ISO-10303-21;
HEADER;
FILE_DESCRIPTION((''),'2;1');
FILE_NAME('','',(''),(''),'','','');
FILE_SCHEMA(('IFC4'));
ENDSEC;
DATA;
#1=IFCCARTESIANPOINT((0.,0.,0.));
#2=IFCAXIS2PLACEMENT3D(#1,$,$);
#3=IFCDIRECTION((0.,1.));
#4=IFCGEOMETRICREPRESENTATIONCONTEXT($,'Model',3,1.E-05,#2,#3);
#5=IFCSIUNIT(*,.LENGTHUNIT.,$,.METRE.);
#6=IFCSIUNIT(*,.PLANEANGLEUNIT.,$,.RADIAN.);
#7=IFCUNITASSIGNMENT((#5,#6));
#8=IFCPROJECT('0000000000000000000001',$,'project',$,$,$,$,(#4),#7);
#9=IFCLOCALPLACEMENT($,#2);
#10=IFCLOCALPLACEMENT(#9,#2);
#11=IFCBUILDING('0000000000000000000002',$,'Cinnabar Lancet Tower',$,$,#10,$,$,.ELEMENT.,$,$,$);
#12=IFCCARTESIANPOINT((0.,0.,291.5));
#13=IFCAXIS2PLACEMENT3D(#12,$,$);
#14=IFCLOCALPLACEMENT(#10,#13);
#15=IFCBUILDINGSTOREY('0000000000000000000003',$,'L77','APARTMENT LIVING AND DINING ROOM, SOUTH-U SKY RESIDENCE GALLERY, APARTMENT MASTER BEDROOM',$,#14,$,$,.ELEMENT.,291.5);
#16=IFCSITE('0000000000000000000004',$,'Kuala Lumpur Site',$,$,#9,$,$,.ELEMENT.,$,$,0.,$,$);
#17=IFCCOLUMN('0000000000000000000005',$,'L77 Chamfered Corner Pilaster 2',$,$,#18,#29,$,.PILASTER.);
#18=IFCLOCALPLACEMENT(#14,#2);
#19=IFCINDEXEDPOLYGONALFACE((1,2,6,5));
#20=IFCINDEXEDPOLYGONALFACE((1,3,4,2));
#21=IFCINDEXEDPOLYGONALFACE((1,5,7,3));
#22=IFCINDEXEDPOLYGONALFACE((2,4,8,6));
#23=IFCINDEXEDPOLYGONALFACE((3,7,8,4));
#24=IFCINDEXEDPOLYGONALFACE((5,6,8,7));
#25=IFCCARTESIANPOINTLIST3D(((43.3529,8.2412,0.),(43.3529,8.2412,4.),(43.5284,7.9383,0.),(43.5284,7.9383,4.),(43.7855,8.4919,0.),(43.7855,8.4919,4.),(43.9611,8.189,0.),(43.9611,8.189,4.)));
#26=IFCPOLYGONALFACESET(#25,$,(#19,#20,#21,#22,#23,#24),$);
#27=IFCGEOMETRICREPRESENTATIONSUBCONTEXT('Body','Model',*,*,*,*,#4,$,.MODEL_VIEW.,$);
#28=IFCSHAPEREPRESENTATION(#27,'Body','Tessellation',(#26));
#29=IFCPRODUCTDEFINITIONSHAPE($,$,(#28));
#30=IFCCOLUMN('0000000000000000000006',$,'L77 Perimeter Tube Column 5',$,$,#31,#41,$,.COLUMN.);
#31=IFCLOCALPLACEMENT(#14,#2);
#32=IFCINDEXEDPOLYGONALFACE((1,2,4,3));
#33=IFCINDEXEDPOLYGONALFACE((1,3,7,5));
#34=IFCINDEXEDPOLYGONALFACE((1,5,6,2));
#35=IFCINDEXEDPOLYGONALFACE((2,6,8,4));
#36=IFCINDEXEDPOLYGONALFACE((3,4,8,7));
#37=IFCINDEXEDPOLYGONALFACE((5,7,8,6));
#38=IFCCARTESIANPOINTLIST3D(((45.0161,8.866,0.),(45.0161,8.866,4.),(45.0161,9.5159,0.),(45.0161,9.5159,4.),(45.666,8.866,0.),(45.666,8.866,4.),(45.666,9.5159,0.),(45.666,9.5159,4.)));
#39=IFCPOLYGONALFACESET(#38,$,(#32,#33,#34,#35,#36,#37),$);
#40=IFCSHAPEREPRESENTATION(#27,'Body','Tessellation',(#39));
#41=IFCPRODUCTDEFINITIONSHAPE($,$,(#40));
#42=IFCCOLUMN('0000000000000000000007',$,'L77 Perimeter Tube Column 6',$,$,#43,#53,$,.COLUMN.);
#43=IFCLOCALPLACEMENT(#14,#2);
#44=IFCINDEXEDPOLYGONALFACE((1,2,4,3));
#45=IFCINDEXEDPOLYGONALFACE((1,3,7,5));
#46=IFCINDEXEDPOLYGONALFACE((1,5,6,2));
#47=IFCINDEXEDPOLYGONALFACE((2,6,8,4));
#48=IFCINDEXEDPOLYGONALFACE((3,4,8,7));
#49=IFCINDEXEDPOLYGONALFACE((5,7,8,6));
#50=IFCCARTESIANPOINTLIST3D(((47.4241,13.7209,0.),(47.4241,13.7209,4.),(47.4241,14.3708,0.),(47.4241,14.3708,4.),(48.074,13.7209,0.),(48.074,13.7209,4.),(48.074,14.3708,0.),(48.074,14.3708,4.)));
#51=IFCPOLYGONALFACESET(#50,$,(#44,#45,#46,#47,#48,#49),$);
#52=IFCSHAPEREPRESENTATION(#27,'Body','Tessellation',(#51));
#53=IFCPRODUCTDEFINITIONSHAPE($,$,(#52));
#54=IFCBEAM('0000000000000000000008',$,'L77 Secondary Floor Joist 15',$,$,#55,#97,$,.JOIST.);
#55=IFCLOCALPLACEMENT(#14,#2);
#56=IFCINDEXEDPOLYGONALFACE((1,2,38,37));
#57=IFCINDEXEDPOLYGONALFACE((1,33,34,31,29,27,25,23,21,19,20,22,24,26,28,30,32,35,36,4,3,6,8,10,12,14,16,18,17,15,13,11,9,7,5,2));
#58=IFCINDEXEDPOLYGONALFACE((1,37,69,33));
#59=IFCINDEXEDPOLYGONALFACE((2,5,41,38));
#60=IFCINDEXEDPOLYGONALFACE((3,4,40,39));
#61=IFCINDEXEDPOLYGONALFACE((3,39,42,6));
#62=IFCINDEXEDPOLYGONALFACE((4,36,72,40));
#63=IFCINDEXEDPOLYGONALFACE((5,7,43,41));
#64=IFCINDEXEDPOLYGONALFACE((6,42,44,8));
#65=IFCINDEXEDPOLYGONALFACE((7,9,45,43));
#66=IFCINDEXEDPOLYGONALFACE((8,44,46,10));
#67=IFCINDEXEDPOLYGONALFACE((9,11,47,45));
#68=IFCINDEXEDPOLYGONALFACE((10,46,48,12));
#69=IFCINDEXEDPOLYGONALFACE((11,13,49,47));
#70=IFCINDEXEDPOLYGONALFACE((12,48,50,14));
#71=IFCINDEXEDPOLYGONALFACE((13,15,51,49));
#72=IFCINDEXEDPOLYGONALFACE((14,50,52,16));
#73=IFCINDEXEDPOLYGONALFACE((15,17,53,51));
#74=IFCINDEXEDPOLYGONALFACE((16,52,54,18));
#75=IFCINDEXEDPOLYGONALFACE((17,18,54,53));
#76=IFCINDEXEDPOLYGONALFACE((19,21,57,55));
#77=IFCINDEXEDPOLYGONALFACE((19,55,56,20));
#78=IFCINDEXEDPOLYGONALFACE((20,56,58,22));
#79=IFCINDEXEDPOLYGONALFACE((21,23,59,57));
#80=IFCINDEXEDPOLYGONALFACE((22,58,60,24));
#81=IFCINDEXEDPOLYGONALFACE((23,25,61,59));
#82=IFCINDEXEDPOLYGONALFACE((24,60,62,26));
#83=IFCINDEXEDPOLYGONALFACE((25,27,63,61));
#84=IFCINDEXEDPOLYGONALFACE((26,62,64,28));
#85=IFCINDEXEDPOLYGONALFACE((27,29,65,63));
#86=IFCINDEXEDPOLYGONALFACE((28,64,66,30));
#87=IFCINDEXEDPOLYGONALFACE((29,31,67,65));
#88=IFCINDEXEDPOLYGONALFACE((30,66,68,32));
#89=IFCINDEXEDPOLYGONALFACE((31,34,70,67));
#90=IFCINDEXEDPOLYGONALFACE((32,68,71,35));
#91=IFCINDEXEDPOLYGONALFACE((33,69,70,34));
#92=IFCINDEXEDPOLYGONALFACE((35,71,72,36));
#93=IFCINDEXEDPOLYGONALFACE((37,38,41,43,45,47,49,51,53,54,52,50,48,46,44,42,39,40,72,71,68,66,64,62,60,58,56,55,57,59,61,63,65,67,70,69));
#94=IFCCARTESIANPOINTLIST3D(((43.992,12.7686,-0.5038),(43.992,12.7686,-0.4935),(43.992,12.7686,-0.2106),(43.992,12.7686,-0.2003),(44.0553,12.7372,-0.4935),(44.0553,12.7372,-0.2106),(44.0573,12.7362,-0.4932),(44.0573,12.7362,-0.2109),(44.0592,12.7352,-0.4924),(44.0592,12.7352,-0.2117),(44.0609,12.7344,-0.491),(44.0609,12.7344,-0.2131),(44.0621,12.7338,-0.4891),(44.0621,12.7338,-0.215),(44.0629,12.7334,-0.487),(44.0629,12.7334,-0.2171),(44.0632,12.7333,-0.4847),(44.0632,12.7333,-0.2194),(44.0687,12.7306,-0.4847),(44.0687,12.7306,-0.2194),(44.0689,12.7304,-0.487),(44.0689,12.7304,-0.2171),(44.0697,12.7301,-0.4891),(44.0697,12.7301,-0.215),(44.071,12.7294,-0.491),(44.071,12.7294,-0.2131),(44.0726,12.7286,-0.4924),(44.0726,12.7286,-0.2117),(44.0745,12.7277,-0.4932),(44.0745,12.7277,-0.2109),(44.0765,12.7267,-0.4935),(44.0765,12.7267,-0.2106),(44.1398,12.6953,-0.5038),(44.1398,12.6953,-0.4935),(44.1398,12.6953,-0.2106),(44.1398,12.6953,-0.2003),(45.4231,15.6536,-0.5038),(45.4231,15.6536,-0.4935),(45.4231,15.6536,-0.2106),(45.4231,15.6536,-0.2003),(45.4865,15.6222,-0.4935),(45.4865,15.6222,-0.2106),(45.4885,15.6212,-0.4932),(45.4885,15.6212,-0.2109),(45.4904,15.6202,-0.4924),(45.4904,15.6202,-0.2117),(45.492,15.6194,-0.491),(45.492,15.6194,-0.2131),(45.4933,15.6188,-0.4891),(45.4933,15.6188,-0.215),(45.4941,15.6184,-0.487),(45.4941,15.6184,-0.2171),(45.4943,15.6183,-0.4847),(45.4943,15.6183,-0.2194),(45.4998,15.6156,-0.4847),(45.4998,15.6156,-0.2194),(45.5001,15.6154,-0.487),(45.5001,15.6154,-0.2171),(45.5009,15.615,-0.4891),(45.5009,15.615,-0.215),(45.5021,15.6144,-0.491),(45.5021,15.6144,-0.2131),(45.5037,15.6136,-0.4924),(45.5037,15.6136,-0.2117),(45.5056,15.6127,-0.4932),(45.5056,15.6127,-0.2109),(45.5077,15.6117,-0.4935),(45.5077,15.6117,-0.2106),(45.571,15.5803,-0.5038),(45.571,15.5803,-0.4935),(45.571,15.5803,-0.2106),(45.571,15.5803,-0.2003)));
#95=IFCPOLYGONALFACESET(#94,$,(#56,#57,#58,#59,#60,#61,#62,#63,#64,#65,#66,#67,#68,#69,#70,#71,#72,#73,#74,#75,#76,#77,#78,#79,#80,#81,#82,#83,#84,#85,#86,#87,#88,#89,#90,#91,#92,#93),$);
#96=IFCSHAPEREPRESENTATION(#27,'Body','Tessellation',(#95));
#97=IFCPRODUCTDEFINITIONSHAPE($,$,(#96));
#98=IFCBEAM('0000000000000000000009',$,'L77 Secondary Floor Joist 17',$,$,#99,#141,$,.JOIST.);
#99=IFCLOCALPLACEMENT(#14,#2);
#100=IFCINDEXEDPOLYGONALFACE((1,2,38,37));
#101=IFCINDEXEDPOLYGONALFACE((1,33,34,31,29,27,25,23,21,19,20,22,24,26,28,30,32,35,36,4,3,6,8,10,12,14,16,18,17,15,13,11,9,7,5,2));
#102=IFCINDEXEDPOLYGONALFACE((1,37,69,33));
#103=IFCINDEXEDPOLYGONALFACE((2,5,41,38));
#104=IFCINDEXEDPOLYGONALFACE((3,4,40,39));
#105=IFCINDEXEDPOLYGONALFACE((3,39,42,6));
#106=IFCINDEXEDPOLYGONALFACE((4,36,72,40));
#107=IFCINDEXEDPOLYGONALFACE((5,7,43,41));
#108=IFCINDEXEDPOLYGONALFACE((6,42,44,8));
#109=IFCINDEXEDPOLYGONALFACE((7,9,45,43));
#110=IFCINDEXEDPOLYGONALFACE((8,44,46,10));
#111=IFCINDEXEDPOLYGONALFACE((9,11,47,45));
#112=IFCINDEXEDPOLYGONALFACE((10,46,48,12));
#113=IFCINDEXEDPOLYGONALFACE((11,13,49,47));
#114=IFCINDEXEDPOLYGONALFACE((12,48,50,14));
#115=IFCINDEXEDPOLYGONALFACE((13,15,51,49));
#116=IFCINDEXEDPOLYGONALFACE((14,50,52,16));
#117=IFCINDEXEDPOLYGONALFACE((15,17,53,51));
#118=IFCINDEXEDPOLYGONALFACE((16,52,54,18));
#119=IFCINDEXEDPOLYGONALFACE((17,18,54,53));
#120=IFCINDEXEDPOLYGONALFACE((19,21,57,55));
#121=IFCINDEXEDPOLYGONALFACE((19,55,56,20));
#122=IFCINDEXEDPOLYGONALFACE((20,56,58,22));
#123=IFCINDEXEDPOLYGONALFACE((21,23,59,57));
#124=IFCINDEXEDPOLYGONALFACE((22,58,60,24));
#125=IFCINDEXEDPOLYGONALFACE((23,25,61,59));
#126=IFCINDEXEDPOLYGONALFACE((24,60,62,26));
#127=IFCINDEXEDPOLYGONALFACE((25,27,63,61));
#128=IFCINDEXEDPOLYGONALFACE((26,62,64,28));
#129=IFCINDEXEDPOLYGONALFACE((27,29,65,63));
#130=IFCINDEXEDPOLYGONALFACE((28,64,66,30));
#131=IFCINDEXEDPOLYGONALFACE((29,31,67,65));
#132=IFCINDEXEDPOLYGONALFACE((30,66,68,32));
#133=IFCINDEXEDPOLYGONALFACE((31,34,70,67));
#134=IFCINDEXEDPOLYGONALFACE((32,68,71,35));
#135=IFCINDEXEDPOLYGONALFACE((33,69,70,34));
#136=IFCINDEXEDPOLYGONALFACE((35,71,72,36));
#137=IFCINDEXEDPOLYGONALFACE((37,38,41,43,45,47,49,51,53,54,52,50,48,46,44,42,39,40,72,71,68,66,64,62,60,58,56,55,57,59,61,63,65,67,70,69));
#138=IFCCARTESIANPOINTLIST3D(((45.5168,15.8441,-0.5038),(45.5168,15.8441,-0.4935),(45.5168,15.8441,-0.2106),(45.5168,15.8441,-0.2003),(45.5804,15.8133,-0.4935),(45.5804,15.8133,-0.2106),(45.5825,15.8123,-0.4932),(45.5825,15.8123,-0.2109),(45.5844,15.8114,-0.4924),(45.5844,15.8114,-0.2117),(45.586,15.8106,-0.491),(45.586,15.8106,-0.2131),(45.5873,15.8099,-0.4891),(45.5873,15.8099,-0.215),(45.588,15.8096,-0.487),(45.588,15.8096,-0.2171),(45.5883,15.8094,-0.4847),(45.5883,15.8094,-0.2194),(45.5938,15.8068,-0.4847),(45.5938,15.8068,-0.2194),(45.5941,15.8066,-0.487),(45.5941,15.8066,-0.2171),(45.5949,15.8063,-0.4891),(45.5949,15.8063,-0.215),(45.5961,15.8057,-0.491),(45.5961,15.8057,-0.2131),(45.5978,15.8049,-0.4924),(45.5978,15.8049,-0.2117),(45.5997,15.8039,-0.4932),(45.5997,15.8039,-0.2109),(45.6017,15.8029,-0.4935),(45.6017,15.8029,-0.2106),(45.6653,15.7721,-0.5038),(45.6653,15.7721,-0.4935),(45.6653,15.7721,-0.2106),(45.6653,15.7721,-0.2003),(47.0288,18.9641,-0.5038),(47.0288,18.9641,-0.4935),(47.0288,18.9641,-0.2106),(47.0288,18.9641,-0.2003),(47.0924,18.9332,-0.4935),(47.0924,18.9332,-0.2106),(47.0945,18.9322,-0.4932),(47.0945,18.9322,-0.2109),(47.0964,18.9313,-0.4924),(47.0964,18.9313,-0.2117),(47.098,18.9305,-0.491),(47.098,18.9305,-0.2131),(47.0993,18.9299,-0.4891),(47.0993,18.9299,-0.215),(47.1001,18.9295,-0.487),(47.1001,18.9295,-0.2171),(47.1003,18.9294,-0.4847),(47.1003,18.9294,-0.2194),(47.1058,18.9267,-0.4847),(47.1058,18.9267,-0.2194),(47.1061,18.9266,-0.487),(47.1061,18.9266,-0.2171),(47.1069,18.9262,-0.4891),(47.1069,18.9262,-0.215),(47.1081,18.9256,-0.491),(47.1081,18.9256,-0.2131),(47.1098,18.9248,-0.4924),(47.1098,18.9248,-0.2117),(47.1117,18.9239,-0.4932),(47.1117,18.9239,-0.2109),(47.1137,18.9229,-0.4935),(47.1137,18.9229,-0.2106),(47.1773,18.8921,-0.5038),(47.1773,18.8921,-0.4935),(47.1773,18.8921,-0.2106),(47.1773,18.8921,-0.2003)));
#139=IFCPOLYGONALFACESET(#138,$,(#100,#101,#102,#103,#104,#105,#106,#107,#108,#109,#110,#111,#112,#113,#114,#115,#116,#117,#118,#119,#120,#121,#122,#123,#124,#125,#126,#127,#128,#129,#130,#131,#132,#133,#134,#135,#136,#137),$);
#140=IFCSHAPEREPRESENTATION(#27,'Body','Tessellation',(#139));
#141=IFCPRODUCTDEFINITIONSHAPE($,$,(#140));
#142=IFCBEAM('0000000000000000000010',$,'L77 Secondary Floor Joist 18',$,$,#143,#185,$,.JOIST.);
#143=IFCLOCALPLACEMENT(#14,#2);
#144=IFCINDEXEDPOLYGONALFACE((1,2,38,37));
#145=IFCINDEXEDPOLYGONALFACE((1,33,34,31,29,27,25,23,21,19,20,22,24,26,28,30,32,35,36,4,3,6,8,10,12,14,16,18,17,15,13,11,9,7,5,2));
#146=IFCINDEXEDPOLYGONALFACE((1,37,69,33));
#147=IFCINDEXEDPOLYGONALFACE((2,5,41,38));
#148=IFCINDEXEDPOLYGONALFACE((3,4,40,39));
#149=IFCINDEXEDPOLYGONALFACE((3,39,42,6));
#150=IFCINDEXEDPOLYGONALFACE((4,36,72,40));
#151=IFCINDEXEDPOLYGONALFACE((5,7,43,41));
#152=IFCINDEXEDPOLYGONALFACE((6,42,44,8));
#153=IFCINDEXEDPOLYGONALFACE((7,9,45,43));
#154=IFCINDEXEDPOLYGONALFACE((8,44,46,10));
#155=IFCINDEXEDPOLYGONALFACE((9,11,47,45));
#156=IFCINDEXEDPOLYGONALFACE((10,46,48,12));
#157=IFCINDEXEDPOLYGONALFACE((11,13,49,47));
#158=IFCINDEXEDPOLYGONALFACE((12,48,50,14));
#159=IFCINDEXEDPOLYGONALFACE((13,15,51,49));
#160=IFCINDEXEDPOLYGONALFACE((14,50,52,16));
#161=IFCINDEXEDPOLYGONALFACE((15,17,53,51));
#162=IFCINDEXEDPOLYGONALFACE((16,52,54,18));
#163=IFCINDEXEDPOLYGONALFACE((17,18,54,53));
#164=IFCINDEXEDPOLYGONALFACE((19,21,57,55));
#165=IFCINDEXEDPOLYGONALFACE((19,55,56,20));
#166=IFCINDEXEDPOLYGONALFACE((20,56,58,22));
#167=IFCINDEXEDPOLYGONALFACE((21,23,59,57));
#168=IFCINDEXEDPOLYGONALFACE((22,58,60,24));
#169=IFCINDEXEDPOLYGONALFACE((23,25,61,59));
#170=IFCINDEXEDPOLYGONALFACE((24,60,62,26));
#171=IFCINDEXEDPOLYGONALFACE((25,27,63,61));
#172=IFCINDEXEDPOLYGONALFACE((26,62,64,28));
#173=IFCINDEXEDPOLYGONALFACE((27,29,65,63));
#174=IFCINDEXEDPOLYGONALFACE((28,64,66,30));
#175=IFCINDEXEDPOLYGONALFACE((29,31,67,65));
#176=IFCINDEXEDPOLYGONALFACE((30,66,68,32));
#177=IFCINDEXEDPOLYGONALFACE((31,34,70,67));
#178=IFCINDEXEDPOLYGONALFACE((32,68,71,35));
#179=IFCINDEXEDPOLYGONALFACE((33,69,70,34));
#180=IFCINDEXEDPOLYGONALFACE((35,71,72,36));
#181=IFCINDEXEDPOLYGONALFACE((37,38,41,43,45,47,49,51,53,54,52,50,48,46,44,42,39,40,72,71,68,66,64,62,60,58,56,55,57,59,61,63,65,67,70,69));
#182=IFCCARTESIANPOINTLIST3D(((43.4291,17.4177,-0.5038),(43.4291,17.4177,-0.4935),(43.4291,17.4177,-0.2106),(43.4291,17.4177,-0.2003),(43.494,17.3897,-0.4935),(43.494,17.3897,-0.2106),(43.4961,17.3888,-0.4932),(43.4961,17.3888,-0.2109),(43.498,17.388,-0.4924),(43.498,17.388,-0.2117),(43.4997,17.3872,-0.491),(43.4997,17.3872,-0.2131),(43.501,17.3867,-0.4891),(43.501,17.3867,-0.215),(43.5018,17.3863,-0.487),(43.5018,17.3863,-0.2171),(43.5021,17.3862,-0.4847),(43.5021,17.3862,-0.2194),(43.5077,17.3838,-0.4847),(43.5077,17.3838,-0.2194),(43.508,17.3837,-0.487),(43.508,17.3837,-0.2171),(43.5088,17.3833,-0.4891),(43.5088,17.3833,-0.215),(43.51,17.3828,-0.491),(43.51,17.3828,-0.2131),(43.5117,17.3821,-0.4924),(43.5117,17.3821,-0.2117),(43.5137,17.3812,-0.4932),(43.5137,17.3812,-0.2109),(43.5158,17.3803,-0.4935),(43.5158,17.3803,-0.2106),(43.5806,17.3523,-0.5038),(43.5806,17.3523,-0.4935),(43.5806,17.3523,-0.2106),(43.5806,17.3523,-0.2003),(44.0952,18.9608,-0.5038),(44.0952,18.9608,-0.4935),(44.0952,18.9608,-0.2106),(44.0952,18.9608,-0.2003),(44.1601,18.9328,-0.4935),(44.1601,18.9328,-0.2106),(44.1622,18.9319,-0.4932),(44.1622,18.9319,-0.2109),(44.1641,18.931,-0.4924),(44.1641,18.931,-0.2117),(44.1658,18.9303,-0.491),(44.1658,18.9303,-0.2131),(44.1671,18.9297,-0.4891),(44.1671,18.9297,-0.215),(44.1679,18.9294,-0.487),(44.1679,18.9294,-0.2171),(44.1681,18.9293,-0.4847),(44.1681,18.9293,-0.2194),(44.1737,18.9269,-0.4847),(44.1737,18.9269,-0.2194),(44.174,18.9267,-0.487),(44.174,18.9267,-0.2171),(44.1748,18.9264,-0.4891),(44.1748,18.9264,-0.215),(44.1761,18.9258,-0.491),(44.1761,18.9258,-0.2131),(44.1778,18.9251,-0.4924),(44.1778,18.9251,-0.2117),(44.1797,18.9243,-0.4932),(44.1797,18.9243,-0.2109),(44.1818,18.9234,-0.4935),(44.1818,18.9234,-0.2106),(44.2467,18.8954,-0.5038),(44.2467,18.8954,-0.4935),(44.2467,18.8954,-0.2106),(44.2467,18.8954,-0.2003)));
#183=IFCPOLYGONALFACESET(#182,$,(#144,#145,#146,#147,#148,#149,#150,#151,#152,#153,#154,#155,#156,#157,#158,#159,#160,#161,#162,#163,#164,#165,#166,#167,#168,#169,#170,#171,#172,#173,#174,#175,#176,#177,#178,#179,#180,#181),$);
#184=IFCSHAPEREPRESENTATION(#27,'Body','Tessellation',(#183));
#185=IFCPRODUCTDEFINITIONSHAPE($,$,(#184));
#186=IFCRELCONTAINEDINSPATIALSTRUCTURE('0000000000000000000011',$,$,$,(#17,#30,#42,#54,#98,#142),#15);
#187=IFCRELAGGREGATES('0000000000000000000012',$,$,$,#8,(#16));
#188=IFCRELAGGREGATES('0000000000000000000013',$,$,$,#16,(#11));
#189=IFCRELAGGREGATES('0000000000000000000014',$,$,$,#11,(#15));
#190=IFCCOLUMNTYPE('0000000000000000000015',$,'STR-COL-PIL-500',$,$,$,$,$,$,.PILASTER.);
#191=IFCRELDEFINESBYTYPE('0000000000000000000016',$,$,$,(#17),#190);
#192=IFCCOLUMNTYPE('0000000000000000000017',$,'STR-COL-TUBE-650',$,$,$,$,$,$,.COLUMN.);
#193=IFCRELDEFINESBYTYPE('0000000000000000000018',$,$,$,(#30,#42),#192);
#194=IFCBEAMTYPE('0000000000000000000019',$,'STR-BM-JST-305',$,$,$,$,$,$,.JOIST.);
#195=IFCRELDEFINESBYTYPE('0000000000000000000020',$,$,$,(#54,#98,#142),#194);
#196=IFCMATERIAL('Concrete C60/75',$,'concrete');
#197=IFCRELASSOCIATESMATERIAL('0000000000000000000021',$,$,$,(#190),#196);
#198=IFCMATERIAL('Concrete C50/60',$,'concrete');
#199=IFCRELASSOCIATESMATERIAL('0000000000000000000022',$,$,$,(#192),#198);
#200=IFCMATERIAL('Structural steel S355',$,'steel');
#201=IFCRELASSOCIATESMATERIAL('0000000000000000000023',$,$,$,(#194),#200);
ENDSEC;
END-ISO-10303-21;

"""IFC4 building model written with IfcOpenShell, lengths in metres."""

from ifc_helpers import new_model, si_unit, direction, frame, origin, origin_2d, place, context, subcontext, project, spatial, rectangle, i_section, extrude, material, material_profile, profile_set, type_object, element, save


model = new_model("IFC4")

# Units and contexts
model_context = context("Model", 3, precision=1e-05, world=origin(), true_north=direction((0.0, 1.0)))
body_context = subcontext(model_context, "Body", "Model", "MODEL_VIEW")
ifc_project = project(units=[si_unit("LENGTHUNIT", "METRE"), si_unit("PLANEANGLEUNIT", "RADIAN")], contexts=[model_context])

# Site, building, storey
site_placement = place(None, origin())
site = spatial("IfcSite", under=ifc_project, at=site_placement, Name="Kuala Lumpur Site", CompositionType="ELEMENT", RefElevation=0.0)
building_placement = place(site_placement, origin())
building = spatial("IfcBuilding", under=site, at=building_placement, Name="Cinnabar Lancet Tower", CompositionType="ELEMENT")
storey_placement = place(building_placement, frame((0.0, 0.0, 291.5)))
storey = spatial("IfcBuildingStorey", under=building, at=storey_placement, Name="L77", Description="APARTMENT LIVING AND DINING ROOM, SOUTH-U SKY RESIDENCE GALLERY, APARTMENT MASTER BEDROOM", CompositionType="ELEMENT", Elevation=291.5)

# Columns
ifc_material_1 = material(Name="Concrete C60/75", Category="concrete")
ifc_material_profile_1 = material_profile(ifc_material_1, rectangle(XDim=0.5, YDim=0.3501, at=origin_2d()), Name="RC-PIL 500x350")
ifc_profile_set_1 = profile_set([ifc_material_profile_1], Name="Concrete C60/75")
column_type_1 = type_object("IfcColumnType", Name="STR-COL-PIL-500", PredefinedType="PILASTER", material=ifc_profile_set_1)
column_placement = place(storey_placement, frame((43.657, 8.2151, 0.0), z_axis=(0.0, 0.0, 1.0), x_axis=(0.865256, 0.50133, 0.0)))
element("IfcColumn", 1, at=column_placement, inside=storey, type_object=column_type_1, Name="L77 Chamfered Corner Pilaster 2", PredefinedType="PILASTER", context=body_context, shape_type="SweptSolid", body=[
    extrude(rectangle(XDim=0.5, YDim=0.3501, at=origin_2d()), origin(), (0.0, 0.0, 1.0), 4.0),
])
ifc_material_2 = material(Name="Concrete C50/60", Category="concrete")
ifc_material_profile_2 = material_profile(ifc_material_2, rectangle(XDim=0.6499, YDim=0.6499, at=origin_2d()), Name="RC-COL 650x650")
ifc_profile_set_2 = profile_set([ifc_material_profile_2], Name="Concrete C50/60")
column_type_2 = type_object("IfcColumnType", Name="STR-COL-TUBE-650", PredefinedType="COLUMN", material=ifc_profile_set_2)
for number, where, z_axis, x_axis, name in (
    (2, (45.3411, 9.1909, 0.0), (0.0, 0.0, 1.0), (1.0, 0.0, 0.0), "L77 Perimeter Tube Column 5"),
    (3, (47.749, 14.0459, 0.0), (0.0, 0.0, 1.0), (1.0, 0.0, 0.0), "L77 Perimeter Tube Column 6"),
):
    element("IfcColumn", number, at=place(storey_placement, frame(where, z_axis=z_axis, x_axis=x_axis)), inside=storey, type_object=column_type_2, Name=name, PredefinedType="COLUMN", context=body_context, shape_type="SweptSolid", body=[
        extrude(rectangle(XDim=0.6499, YDim=0.6499, at=origin_2d()), origin(), (0.0, 0.0, 1.0), 4.0),
    ])

# Beams
ifc_material_3 = material(Name="Structural steel S355", Category="steel")
ifc_material_profile_3 = material_profile(ifc_material_3, i_section(OverallWidth=0.165, OverallDepth=0.3035, WebThickness=0.0061, FlangeThickness=0.0103, FilletRadius=0.0088, at=origin_2d()), Name="UKB 305x165x40")
ifc_profile_set_3 = profile_set([ifc_material_profile_3], Name="Structural steel S355")
beam_type_1 = type_object("IfcBeamType", Name="STR-BM-JST-305", PredefinedType="JOIST", material=ifc_profile_set_3)
beam_1_placement = place(storey_placement, frame((44.0659, 12.7319, -0.3521), z_axis=(0.444391, 0.895833, 0.0), x_axis=(-0.895833, 0.444391, 0.0)))
element("IfcBeam", 4, at=beam_1_placement, inside=storey, type_object=beam_type_1, Name="L77 Secondary Floor Joist 15", PredefinedType="JOIST", context=body_context, shape_type="SweptSolid", body=[
    extrude(i_section(OverallWidth=0.165, OverallDepth=0.3035, WebThickness=0.0061, FlangeThickness=0.0103, FilletRadius=0.0088, at=origin_2d()), origin(), (0.0, 0.0, 1.0), 3.2205),
])
beam_2_placement = place(storey_placement, frame((45.5911, 15.8081, -0.3521), z_axis=(0.436109, 0.899894, 0.0), x_axis=(-0.899894, 0.436109, 0.0)))
element("IfcBeam", 5, at=beam_2_placement, inside=storey, type_object=beam_type_1, Name="L77 Secondary Floor Joist 17", PredefinedType="JOIST", context=body_context, shape_type="SweptSolid", body=[
    extrude(i_section(OverallWidth=0.165, OverallDepth=0.3035, WebThickness=0.0061, FlangeThickness=0.0103, FilletRadius=0.0088, at=origin_2d()), origin(), (0.0, 0.0, 1.0), 3.467),
])
beam_3_placement = place(storey_placement, frame((43.5049, 17.385, -0.3521), z_axis=(0.396302, 0.91812, 0.0), x_axis=(-0.91812, 0.396302, 0.0)))
element("IfcBeam", 6, at=beam_3_placement, inside=storey, type_object=beam_type_1, Name="L77 Secondary Floor Joist 18", PredefinedType="JOIST", context=body_context, shape_type="SweptSolid", body=[
    extrude(i_section(OverallWidth=0.165, OverallDepth=0.3035, WebThickness=0.0061, FlangeThickness=0.0103, FilletRadius=0.0088, at=origin_2d()), origin(), (0.0, 0.0, 1.0), 1.6807),
])

save(model, "model.ifc")
